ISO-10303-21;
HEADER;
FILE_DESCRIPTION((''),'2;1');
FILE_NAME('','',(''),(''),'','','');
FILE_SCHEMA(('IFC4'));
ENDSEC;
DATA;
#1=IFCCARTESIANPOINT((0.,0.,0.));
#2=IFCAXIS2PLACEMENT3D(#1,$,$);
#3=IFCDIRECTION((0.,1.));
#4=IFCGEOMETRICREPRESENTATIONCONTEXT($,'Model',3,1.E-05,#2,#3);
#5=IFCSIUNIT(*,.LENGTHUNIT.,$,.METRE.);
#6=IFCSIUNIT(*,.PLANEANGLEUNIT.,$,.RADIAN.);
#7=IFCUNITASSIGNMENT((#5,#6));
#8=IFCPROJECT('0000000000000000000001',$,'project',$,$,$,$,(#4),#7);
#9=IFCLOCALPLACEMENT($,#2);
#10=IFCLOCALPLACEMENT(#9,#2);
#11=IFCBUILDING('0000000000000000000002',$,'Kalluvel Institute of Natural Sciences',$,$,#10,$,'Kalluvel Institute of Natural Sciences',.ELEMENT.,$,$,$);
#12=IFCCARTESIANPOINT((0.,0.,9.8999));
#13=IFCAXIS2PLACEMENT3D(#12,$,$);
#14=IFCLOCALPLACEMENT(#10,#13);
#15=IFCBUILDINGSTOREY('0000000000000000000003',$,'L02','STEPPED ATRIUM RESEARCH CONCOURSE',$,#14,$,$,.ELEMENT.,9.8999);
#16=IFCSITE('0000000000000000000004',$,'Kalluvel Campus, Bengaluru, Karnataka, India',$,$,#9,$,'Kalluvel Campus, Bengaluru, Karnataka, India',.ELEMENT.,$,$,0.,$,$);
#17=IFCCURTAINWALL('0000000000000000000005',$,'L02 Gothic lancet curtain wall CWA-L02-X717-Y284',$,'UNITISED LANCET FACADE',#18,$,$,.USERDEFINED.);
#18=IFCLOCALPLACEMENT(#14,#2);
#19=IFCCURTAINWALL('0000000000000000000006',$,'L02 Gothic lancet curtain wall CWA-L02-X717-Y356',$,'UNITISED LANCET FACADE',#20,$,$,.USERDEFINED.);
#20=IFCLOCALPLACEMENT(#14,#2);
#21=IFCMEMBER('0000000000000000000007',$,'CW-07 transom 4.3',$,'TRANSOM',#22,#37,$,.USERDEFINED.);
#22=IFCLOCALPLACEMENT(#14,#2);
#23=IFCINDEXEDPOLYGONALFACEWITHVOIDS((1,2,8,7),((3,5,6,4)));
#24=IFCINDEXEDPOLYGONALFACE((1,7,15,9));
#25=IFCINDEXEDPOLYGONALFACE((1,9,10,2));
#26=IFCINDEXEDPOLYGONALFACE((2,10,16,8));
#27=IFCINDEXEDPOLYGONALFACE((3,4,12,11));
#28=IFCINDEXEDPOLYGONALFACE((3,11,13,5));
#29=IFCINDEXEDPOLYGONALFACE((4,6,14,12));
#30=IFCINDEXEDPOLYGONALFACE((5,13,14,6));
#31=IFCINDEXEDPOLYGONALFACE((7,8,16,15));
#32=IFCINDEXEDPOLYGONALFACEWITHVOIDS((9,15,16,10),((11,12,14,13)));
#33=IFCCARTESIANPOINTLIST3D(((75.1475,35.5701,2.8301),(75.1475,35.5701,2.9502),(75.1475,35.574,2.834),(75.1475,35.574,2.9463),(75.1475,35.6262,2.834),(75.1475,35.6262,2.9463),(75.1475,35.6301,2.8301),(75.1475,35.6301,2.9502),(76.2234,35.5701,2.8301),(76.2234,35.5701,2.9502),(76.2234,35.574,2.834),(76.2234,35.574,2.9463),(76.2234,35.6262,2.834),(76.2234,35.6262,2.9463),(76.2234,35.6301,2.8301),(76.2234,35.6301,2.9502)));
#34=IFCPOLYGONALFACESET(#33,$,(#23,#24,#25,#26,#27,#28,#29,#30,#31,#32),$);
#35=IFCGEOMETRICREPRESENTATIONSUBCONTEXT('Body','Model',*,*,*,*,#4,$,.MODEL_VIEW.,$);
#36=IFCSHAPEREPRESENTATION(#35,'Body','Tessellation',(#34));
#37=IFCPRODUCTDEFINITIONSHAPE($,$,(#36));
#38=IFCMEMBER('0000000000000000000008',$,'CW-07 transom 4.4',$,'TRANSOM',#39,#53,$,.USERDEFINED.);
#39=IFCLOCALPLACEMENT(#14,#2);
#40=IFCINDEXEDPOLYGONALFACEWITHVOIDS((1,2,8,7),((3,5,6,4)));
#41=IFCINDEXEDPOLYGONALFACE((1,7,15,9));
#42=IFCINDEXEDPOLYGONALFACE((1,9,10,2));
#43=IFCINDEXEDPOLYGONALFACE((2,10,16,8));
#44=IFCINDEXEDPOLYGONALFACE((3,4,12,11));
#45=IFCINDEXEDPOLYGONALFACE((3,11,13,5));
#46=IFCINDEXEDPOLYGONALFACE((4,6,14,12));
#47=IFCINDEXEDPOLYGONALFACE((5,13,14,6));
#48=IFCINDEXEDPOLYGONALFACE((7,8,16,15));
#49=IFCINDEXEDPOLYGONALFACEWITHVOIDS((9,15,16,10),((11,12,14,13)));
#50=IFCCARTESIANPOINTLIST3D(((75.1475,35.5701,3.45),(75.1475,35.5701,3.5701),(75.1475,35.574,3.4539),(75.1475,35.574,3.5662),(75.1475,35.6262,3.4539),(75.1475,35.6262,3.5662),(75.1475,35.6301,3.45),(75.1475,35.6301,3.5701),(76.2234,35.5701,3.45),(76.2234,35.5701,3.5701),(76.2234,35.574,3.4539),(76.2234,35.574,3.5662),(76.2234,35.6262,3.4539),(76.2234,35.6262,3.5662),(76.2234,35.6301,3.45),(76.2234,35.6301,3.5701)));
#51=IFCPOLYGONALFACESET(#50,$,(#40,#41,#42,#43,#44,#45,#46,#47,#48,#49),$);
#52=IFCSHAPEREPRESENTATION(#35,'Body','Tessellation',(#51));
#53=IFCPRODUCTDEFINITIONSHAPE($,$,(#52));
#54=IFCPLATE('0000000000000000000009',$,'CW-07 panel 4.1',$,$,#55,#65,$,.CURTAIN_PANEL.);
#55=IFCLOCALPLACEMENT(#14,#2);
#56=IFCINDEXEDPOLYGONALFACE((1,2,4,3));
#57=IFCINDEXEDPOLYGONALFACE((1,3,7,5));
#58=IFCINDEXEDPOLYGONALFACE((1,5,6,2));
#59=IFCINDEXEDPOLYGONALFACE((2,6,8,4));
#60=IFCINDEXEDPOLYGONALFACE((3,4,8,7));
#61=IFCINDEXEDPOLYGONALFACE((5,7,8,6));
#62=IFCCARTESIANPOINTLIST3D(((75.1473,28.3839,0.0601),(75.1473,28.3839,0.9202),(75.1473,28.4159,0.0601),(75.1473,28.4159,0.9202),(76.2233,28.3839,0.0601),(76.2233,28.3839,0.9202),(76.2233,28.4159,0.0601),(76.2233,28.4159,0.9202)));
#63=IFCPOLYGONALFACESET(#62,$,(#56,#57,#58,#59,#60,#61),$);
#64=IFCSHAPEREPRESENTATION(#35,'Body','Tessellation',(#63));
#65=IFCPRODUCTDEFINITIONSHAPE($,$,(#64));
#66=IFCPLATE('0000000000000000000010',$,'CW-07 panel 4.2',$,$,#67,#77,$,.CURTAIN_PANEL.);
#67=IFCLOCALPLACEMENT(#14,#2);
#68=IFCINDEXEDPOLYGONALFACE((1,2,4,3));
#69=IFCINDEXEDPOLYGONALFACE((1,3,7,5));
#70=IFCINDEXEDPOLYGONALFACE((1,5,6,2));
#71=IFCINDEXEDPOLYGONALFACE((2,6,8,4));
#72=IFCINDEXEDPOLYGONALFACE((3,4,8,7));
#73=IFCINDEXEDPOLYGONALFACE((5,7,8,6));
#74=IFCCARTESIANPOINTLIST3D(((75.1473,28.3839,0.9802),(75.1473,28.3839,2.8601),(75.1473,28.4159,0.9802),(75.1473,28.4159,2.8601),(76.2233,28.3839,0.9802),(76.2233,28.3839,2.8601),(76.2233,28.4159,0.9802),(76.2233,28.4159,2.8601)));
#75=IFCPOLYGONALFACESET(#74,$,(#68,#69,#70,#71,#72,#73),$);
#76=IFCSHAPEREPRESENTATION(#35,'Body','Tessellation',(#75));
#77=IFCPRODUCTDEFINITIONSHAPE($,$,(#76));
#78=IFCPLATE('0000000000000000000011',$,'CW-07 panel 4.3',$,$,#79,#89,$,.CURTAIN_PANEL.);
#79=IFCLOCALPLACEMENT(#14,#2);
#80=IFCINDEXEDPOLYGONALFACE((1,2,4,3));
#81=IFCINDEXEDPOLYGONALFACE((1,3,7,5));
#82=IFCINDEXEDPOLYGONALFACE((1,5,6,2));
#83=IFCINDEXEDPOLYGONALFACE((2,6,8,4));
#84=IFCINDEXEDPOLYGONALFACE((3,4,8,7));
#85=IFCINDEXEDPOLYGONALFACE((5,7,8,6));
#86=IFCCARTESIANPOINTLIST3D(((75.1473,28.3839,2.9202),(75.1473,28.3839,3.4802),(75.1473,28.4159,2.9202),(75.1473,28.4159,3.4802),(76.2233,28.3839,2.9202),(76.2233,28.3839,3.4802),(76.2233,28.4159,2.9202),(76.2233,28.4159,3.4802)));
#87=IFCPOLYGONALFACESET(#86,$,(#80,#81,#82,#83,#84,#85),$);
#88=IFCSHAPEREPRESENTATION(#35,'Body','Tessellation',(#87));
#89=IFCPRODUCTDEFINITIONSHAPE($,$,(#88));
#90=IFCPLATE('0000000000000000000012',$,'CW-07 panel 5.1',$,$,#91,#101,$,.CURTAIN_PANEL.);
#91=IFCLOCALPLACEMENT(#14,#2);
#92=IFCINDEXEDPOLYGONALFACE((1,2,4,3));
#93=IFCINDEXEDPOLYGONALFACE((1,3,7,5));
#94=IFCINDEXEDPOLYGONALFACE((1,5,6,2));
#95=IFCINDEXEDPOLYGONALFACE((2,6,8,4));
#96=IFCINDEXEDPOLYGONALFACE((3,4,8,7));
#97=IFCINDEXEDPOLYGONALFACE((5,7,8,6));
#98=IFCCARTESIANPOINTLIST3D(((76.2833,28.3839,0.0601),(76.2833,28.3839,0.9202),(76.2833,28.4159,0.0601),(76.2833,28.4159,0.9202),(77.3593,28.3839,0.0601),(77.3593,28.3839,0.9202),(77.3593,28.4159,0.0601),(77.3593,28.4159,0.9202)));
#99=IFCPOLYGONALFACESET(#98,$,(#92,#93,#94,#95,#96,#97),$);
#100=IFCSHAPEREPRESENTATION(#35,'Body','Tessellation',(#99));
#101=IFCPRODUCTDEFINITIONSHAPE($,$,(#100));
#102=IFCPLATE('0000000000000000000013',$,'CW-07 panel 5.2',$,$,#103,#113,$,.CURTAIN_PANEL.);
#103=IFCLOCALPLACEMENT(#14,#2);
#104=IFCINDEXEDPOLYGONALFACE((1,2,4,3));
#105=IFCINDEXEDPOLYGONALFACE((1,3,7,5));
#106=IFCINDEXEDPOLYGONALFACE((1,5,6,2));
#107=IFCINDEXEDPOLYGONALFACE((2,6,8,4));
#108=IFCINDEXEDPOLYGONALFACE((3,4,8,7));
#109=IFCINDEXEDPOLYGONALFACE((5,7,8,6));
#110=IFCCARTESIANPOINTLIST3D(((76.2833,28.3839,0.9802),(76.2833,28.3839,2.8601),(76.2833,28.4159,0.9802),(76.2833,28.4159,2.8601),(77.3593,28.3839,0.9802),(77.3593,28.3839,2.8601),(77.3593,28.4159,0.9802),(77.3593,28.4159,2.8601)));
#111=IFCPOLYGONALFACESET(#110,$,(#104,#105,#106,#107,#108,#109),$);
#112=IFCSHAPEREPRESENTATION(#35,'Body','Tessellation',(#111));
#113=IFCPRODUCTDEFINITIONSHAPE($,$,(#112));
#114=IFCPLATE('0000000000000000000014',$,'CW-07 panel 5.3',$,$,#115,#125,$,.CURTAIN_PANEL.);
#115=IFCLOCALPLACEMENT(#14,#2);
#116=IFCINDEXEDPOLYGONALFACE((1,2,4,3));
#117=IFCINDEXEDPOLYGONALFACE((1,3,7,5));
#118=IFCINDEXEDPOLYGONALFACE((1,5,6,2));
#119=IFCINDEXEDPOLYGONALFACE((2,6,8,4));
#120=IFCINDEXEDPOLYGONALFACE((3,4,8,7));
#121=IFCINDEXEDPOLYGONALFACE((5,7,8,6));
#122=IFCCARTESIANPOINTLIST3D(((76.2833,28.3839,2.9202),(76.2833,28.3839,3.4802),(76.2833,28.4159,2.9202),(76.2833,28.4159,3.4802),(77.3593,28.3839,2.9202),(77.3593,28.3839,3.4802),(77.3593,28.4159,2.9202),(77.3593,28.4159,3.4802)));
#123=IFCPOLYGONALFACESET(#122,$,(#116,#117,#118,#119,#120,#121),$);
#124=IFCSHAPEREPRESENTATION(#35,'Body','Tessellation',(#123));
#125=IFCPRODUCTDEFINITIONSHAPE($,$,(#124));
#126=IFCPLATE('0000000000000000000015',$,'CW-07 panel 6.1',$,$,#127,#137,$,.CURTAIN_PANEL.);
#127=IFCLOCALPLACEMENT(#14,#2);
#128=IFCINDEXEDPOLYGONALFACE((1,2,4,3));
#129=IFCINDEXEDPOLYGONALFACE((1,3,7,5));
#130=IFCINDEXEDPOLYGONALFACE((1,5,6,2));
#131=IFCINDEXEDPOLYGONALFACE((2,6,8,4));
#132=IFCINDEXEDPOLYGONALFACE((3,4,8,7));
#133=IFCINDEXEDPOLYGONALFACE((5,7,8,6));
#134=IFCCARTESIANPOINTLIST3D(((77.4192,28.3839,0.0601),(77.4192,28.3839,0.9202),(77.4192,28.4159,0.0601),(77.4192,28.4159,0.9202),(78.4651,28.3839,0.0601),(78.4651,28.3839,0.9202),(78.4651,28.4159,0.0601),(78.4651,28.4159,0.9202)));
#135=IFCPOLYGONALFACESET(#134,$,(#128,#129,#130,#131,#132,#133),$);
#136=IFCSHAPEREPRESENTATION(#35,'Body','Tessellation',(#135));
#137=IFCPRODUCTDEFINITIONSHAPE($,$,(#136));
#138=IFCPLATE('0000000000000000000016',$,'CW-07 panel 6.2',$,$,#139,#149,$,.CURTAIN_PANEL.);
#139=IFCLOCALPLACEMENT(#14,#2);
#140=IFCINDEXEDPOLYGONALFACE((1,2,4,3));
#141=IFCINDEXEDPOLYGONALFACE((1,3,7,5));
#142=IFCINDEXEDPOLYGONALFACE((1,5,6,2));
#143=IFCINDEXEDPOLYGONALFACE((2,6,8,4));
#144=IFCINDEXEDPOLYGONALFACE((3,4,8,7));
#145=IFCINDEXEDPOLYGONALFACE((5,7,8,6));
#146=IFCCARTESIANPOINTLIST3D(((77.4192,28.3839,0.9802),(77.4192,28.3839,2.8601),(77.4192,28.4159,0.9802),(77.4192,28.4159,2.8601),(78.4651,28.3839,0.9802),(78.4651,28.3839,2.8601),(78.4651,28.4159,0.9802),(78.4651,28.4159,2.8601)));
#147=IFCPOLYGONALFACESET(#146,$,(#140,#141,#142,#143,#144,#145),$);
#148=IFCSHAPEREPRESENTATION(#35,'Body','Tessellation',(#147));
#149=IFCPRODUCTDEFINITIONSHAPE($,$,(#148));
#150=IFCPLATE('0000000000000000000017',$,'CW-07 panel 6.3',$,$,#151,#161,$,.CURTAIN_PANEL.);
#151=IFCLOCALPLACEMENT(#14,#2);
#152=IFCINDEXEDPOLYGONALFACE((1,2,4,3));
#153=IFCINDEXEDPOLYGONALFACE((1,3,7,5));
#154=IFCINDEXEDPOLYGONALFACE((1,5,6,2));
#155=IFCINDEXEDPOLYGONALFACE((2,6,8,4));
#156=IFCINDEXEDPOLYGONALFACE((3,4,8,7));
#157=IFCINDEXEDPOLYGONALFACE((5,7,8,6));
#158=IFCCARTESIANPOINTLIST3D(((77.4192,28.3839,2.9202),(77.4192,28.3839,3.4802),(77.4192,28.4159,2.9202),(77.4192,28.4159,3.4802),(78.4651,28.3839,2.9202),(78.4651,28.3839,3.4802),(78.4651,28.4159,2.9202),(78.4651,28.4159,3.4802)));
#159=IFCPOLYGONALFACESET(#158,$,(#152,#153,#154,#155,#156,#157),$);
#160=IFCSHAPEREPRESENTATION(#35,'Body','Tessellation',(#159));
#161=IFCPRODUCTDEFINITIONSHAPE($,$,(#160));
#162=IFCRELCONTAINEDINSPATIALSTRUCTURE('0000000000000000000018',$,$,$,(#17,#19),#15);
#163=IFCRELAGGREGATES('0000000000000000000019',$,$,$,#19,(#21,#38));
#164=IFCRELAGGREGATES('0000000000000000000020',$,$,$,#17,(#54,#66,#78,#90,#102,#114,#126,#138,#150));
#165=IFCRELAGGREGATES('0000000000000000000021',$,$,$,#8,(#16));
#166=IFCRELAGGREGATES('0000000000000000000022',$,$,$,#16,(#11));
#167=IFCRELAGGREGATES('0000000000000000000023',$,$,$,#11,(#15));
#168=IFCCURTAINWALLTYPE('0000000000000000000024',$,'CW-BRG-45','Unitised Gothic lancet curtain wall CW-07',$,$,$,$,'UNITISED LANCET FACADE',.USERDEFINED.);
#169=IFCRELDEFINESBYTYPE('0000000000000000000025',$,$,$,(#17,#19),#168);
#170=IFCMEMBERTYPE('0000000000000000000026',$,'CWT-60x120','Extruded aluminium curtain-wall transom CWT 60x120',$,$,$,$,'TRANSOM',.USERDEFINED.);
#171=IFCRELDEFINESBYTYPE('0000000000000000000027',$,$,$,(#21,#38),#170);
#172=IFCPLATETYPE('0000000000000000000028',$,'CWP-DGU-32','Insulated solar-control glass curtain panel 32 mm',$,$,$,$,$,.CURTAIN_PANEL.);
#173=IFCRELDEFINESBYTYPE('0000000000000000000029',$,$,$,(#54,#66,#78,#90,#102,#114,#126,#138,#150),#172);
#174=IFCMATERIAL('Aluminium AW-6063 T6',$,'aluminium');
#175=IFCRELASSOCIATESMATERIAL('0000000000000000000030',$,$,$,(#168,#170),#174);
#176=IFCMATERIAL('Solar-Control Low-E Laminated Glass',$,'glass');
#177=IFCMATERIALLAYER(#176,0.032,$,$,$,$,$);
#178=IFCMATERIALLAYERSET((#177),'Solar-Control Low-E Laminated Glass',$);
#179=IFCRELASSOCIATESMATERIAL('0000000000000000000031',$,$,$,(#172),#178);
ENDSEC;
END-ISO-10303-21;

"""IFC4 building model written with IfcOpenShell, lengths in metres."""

from ifc_helpers import new_model, si_unit, direction, frame, origin, origin_2d, place, context, subcontext, project, spatial, rectangle, hollow_rectangle, extrude, material, layer, layer_set, material_profile, profile_set, type_object, element, aggregate, save


model = new_model("IFC4")

# Units and contexts
model_context = context("Model", 3, precision=1e-05, world=origin(), true_north=direction((0.0, 1.0)))
body_context = subcontext(model_context, "Body", "Model", "MODEL_VIEW")
ifc_project = project(units=[si_unit("LENGTHUNIT", "METRE"), si_unit("PLANEANGLEUNIT", "RADIAN")], contexts=[model_context])

# Site, building, storey
site_placement = place(None, origin())
site = spatial("IfcSite", under=ifc_project, at=site_placement, Name="Kalluvel Campus, Bengaluru, Karnataka, India", LongName="Kalluvel Campus, Bengaluru, Karnataka, India", CompositionType="ELEMENT", RefElevation=0.0)
building_placement = place(site_placement, origin())
building = spatial("IfcBuilding", under=site, at=building_placement, Name="Kalluvel Institute of Natural Sciences", LongName="Kalluvel Institute of Natural Sciences", CompositionType="ELEMENT")
storey_placement = place(building_placement, frame((0.0, 0.0, 9.8999)))
storey = spatial("IfcBuildingStorey", under=building, at=storey_placement, Name="L02", Description="STEPPED ATRIUM RESEARCH CONCOURSE", CompositionType="ELEMENT", Elevation=9.8999)

# Curtain walls, members
ifc_material_1 = material(Name="Aluminium AW-6063 T6", Category="aluminium")
curtain_wall_type = type_object("IfcCurtainWallType", Name="CW-BRG-45", Description="Unitised Gothic lancet curtain wall CW-07", ElementType="UNITISED LANCET FACADE", PredefinedType="USERDEFINED", material=ifc_material_1)
curtain_wall_1_placement = place(storey_placement, origin())
curtain_wall_1 = element("IfcCurtainWall", 1, at=curtain_wall_1_placement, inside=storey, type_object=curtain_wall_type, Name="L02 Gothic lancet curtain wall CWA-L02-X717-Y284", ObjectType="UNITISED LANCET FACADE", PredefinedType="USERDEFINED")
ifc_material_profile_1 = material_profile(ifc_material_1, hollow_rectangle(XDim=0.0601, YDim=0.1201, WallThickness=0.0039, at=origin_2d()), Name="CWT 60x120")
ifc_profile_set_1 = profile_set([ifc_material_profile_1], Name="Aluminium AW-6063 T6")
member_type_1 = type_object("IfcMemberType", Name="CWT-60x120", Description="Extruded aluminium curtain-wall transom CWT 60x120", ElementType="TRANSOM", PredefinedType="USERDEFINED", material=ifc_profile_set_1)
curtain_wall_2_placement = place(storey_placement, origin())
curtain_wall_2 = element("IfcCurtainWall", 2, at=curtain_wall_2_placement, inside=storey, type_object=curtain_wall_type, Name="L02 Gothic lancet curtain wall CWA-L02-X717-Y356", ObjectType="UNITISED LANCET FACADE", PredefinedType="USERDEFINED")
member_1_placement = place(storey_placement, frame((75.1475, 35.6001, 2.8901), z_axis=(1.0, 0.0, 0.0), x_axis=(0.0, 1.0, 0.0)))
member_1 = element("IfcMember", 3, at=member_1_placement, type_object=member_type_1, Name="CW-07 transom 4.3", ObjectType="TRANSOM", PredefinedType="USERDEFINED", context=body_context, shape_type="SweptSolid", body=[
    extrude(hollow_rectangle(XDim=0.0601, YDim=0.1201, WallThickness=0.0039, at=origin_2d()), origin(), (0.0, 0.0, 1.0), 1.0759),
])
member_2_placement = place(storey_placement, frame((75.1475, 35.6001, 3.51), z_axis=(1.0, 0.0, 0.0), x_axis=(0.0, 1.0, 0.0)))
member_2 = element("IfcMember", 4, at=member_2_placement, type_object=member_type_1, Name="CW-07 transom 4.4", ObjectType="TRANSOM", PredefinedType="USERDEFINED", context=body_context, shape_type="SweptSolid", body=[
    extrude(hollow_rectangle(XDim=0.0601, YDim=0.1201, WallThickness=0.0039, at=origin_2d()), origin(), (0.0, 0.0, 1.0), 1.0759),
])
aggregate(curtain_wall_2, [member_1, member_2])

# Plates
ifc_material_2 = material(Name="Solar-Control Low-E Laminated Glass", Category="glass")
ifc_layer = layer(ifc_material_2, 0.032)
ifc_layer_set = layer_set([ifc_layer], Name="Solar-Control Low-E Laminated Glass")
plate_type = type_object("IfcPlateType", Name="CWP-DGU-32", Description="Insulated solar-control glass curtain panel 32 mm", PredefinedType="CURTAIN_PANEL", material=ifc_layer_set)
plate_1_placement = place(storey_placement, frame((75.6853, 28.3999, 0.0601), z_axis=(0.0, 0.0, 1.0), x_axis=(1.0, 0.0, 0.0)))
plate_1 = element("IfcPlate", 5, at=plate_1_placement, type_object=plate_type, Name="CW-07 panel 4.1", PredefinedType="CURTAIN_PANEL", context=body_context, shape_type="SweptSolid", body=[
    extrude(rectangle(XDim=1.0759, YDim=0.032, at=origin_2d()), origin(), (0.0, 0.0, 1.0), 0.8601),
])
plate_2_placement = place(storey_placement, frame((75.6853, 28.3999, 0.9802), z_axis=(0.0, 0.0, 1.0), x_axis=(1.0, 0.0, 0.0)))
plate_2 = element("IfcPlate", 6, at=plate_2_placement, type_object=plate_type, Name="CW-07 panel 4.2", PredefinedType="CURTAIN_PANEL", context=body_context, shape_type="SweptSolid", body=[
    extrude(rectangle(XDim=1.0759, YDim=0.032, at=origin_2d()), origin(), (0.0, 0.0, 1.0), 1.8799),
])
plate_3_placement = place(storey_placement, frame((75.6853, 28.3999, 2.9202), z_axis=(0.0, 0.0, 1.0), x_axis=(1.0, 0.0, 0.0)))
plate_3 = element("IfcPlate", 7, at=plate_3_placement, type_object=plate_type, Name="CW-07 panel 4.3", PredefinedType="CURTAIN_PANEL", context=body_context, shape_type="SweptSolid", body=[
    extrude(rectangle(XDim=1.0759, YDim=0.032, at=origin_2d()), origin(), (0.0, 0.0, 1.0), 0.5601),
])
plate_4_placement = place(storey_placement, frame((76.8213, 28.3999, 0.0601), z_axis=(0.0, 0.0, 1.0), x_axis=(1.0, 0.0, 0.0)))
plate_4 = element("IfcPlate", 8, at=plate_4_placement, type_object=plate_type, Name="CW-07 panel 5.1", PredefinedType="CURTAIN_PANEL", context=body_context, shape_type="SweptSolid", body=[
    extrude(rectangle(XDim=1.0759, YDim=0.032, at=origin_2d()), origin(), (0.0, 0.0, 1.0), 0.8601),
])
plate_5_placement = place(storey_placement, frame((76.8213, 28.3999, 0.9802), z_axis=(0.0, 0.0, 1.0), x_axis=(1.0, 0.0, 0.0)))
plate_5 = element("IfcPlate", 9, at=plate_5_placement, type_object=plate_type, Name="CW-07 panel 5.2", PredefinedType="CURTAIN_PANEL", context=body_context, shape_type="SweptSolid", body=[
    extrude(rectangle(XDim=1.0759, YDim=0.032, at=origin_2d()), origin(), (0.0, 0.0, 1.0), 1.8799),
])
plate_6_placement = place(storey_placement, frame((76.8213, 28.3999, 2.9202), z_axis=(0.0, 0.0, 1.0), x_axis=(1.0, 0.0, 0.0)))
plate_6 = element("IfcPlate", 10, at=plate_6_placement, type_object=plate_type, Name="CW-07 panel 5.3", PredefinedType="CURTAIN_PANEL", context=body_context, shape_type="SweptSolid", body=[
    extrude(rectangle(XDim=1.0759, YDim=0.032, at=origin_2d()), origin(), (0.0, 0.0, 1.0), 0.5601),
])
plate_7_placement = place(storey_placement, frame((77.9421, 28.3999, 0.0601), z_axis=(0.0, 0.0, 1.0), x_axis=(1.0, 0.0, 0.0)))
plate_7 = element("IfcPlate", 11, at=plate_7_placement, type_object=plate_type, Name="CW-07 panel 6.1", PredefinedType="CURTAIN_PANEL", context=body_context, shape_type="SweptSolid", body=[
    extrude(rectangle(XDim=1.0459, YDim=0.032, at=origin_2d()), origin(), (0.0, 0.0, 1.0), 0.8601),
])
plate_8_placement = place(storey_placement, frame((77.9421, 28.3999, 0.9802), z_axis=(0.0, 0.0, 1.0), x_axis=(1.0, 0.0, 0.0)))
plate_8 = element("IfcPlate", 12, at=plate_8_placement, type_object=plate_type, Name="CW-07 panel 6.2", PredefinedType="CURTAIN_PANEL", context=body_context, shape_type="SweptSolid", body=[
    extrude(rectangle(XDim=1.0459, YDim=0.032, at=origin_2d()), origin(), (0.0, 0.0, 1.0), 1.8799),
])
plate_9_placement = place(storey_placement, frame((77.9421, 28.3999, 2.9202), z_axis=(0.0, 0.0, 1.0), x_axis=(1.0, 0.0, 0.0)))
plate_9 = element("IfcPlate", 13, at=plate_9_placement, type_object=plate_type, Name="CW-07 panel 6.3", PredefinedType="CURTAIN_PANEL", context=body_context, shape_type="SweptSolid", body=[
    extrude(rectangle(XDim=1.0459, YDim=0.032, at=origin_2d()), origin(), (0.0, 0.0, 1.0), 0.5601),
])
aggregate(curtain_wall_1, [plate_1, plate_2, plate_3, plate_4, plate_5, plate_6, plate_7, plate_8, plate_9])

save(model, "model.ifc")
